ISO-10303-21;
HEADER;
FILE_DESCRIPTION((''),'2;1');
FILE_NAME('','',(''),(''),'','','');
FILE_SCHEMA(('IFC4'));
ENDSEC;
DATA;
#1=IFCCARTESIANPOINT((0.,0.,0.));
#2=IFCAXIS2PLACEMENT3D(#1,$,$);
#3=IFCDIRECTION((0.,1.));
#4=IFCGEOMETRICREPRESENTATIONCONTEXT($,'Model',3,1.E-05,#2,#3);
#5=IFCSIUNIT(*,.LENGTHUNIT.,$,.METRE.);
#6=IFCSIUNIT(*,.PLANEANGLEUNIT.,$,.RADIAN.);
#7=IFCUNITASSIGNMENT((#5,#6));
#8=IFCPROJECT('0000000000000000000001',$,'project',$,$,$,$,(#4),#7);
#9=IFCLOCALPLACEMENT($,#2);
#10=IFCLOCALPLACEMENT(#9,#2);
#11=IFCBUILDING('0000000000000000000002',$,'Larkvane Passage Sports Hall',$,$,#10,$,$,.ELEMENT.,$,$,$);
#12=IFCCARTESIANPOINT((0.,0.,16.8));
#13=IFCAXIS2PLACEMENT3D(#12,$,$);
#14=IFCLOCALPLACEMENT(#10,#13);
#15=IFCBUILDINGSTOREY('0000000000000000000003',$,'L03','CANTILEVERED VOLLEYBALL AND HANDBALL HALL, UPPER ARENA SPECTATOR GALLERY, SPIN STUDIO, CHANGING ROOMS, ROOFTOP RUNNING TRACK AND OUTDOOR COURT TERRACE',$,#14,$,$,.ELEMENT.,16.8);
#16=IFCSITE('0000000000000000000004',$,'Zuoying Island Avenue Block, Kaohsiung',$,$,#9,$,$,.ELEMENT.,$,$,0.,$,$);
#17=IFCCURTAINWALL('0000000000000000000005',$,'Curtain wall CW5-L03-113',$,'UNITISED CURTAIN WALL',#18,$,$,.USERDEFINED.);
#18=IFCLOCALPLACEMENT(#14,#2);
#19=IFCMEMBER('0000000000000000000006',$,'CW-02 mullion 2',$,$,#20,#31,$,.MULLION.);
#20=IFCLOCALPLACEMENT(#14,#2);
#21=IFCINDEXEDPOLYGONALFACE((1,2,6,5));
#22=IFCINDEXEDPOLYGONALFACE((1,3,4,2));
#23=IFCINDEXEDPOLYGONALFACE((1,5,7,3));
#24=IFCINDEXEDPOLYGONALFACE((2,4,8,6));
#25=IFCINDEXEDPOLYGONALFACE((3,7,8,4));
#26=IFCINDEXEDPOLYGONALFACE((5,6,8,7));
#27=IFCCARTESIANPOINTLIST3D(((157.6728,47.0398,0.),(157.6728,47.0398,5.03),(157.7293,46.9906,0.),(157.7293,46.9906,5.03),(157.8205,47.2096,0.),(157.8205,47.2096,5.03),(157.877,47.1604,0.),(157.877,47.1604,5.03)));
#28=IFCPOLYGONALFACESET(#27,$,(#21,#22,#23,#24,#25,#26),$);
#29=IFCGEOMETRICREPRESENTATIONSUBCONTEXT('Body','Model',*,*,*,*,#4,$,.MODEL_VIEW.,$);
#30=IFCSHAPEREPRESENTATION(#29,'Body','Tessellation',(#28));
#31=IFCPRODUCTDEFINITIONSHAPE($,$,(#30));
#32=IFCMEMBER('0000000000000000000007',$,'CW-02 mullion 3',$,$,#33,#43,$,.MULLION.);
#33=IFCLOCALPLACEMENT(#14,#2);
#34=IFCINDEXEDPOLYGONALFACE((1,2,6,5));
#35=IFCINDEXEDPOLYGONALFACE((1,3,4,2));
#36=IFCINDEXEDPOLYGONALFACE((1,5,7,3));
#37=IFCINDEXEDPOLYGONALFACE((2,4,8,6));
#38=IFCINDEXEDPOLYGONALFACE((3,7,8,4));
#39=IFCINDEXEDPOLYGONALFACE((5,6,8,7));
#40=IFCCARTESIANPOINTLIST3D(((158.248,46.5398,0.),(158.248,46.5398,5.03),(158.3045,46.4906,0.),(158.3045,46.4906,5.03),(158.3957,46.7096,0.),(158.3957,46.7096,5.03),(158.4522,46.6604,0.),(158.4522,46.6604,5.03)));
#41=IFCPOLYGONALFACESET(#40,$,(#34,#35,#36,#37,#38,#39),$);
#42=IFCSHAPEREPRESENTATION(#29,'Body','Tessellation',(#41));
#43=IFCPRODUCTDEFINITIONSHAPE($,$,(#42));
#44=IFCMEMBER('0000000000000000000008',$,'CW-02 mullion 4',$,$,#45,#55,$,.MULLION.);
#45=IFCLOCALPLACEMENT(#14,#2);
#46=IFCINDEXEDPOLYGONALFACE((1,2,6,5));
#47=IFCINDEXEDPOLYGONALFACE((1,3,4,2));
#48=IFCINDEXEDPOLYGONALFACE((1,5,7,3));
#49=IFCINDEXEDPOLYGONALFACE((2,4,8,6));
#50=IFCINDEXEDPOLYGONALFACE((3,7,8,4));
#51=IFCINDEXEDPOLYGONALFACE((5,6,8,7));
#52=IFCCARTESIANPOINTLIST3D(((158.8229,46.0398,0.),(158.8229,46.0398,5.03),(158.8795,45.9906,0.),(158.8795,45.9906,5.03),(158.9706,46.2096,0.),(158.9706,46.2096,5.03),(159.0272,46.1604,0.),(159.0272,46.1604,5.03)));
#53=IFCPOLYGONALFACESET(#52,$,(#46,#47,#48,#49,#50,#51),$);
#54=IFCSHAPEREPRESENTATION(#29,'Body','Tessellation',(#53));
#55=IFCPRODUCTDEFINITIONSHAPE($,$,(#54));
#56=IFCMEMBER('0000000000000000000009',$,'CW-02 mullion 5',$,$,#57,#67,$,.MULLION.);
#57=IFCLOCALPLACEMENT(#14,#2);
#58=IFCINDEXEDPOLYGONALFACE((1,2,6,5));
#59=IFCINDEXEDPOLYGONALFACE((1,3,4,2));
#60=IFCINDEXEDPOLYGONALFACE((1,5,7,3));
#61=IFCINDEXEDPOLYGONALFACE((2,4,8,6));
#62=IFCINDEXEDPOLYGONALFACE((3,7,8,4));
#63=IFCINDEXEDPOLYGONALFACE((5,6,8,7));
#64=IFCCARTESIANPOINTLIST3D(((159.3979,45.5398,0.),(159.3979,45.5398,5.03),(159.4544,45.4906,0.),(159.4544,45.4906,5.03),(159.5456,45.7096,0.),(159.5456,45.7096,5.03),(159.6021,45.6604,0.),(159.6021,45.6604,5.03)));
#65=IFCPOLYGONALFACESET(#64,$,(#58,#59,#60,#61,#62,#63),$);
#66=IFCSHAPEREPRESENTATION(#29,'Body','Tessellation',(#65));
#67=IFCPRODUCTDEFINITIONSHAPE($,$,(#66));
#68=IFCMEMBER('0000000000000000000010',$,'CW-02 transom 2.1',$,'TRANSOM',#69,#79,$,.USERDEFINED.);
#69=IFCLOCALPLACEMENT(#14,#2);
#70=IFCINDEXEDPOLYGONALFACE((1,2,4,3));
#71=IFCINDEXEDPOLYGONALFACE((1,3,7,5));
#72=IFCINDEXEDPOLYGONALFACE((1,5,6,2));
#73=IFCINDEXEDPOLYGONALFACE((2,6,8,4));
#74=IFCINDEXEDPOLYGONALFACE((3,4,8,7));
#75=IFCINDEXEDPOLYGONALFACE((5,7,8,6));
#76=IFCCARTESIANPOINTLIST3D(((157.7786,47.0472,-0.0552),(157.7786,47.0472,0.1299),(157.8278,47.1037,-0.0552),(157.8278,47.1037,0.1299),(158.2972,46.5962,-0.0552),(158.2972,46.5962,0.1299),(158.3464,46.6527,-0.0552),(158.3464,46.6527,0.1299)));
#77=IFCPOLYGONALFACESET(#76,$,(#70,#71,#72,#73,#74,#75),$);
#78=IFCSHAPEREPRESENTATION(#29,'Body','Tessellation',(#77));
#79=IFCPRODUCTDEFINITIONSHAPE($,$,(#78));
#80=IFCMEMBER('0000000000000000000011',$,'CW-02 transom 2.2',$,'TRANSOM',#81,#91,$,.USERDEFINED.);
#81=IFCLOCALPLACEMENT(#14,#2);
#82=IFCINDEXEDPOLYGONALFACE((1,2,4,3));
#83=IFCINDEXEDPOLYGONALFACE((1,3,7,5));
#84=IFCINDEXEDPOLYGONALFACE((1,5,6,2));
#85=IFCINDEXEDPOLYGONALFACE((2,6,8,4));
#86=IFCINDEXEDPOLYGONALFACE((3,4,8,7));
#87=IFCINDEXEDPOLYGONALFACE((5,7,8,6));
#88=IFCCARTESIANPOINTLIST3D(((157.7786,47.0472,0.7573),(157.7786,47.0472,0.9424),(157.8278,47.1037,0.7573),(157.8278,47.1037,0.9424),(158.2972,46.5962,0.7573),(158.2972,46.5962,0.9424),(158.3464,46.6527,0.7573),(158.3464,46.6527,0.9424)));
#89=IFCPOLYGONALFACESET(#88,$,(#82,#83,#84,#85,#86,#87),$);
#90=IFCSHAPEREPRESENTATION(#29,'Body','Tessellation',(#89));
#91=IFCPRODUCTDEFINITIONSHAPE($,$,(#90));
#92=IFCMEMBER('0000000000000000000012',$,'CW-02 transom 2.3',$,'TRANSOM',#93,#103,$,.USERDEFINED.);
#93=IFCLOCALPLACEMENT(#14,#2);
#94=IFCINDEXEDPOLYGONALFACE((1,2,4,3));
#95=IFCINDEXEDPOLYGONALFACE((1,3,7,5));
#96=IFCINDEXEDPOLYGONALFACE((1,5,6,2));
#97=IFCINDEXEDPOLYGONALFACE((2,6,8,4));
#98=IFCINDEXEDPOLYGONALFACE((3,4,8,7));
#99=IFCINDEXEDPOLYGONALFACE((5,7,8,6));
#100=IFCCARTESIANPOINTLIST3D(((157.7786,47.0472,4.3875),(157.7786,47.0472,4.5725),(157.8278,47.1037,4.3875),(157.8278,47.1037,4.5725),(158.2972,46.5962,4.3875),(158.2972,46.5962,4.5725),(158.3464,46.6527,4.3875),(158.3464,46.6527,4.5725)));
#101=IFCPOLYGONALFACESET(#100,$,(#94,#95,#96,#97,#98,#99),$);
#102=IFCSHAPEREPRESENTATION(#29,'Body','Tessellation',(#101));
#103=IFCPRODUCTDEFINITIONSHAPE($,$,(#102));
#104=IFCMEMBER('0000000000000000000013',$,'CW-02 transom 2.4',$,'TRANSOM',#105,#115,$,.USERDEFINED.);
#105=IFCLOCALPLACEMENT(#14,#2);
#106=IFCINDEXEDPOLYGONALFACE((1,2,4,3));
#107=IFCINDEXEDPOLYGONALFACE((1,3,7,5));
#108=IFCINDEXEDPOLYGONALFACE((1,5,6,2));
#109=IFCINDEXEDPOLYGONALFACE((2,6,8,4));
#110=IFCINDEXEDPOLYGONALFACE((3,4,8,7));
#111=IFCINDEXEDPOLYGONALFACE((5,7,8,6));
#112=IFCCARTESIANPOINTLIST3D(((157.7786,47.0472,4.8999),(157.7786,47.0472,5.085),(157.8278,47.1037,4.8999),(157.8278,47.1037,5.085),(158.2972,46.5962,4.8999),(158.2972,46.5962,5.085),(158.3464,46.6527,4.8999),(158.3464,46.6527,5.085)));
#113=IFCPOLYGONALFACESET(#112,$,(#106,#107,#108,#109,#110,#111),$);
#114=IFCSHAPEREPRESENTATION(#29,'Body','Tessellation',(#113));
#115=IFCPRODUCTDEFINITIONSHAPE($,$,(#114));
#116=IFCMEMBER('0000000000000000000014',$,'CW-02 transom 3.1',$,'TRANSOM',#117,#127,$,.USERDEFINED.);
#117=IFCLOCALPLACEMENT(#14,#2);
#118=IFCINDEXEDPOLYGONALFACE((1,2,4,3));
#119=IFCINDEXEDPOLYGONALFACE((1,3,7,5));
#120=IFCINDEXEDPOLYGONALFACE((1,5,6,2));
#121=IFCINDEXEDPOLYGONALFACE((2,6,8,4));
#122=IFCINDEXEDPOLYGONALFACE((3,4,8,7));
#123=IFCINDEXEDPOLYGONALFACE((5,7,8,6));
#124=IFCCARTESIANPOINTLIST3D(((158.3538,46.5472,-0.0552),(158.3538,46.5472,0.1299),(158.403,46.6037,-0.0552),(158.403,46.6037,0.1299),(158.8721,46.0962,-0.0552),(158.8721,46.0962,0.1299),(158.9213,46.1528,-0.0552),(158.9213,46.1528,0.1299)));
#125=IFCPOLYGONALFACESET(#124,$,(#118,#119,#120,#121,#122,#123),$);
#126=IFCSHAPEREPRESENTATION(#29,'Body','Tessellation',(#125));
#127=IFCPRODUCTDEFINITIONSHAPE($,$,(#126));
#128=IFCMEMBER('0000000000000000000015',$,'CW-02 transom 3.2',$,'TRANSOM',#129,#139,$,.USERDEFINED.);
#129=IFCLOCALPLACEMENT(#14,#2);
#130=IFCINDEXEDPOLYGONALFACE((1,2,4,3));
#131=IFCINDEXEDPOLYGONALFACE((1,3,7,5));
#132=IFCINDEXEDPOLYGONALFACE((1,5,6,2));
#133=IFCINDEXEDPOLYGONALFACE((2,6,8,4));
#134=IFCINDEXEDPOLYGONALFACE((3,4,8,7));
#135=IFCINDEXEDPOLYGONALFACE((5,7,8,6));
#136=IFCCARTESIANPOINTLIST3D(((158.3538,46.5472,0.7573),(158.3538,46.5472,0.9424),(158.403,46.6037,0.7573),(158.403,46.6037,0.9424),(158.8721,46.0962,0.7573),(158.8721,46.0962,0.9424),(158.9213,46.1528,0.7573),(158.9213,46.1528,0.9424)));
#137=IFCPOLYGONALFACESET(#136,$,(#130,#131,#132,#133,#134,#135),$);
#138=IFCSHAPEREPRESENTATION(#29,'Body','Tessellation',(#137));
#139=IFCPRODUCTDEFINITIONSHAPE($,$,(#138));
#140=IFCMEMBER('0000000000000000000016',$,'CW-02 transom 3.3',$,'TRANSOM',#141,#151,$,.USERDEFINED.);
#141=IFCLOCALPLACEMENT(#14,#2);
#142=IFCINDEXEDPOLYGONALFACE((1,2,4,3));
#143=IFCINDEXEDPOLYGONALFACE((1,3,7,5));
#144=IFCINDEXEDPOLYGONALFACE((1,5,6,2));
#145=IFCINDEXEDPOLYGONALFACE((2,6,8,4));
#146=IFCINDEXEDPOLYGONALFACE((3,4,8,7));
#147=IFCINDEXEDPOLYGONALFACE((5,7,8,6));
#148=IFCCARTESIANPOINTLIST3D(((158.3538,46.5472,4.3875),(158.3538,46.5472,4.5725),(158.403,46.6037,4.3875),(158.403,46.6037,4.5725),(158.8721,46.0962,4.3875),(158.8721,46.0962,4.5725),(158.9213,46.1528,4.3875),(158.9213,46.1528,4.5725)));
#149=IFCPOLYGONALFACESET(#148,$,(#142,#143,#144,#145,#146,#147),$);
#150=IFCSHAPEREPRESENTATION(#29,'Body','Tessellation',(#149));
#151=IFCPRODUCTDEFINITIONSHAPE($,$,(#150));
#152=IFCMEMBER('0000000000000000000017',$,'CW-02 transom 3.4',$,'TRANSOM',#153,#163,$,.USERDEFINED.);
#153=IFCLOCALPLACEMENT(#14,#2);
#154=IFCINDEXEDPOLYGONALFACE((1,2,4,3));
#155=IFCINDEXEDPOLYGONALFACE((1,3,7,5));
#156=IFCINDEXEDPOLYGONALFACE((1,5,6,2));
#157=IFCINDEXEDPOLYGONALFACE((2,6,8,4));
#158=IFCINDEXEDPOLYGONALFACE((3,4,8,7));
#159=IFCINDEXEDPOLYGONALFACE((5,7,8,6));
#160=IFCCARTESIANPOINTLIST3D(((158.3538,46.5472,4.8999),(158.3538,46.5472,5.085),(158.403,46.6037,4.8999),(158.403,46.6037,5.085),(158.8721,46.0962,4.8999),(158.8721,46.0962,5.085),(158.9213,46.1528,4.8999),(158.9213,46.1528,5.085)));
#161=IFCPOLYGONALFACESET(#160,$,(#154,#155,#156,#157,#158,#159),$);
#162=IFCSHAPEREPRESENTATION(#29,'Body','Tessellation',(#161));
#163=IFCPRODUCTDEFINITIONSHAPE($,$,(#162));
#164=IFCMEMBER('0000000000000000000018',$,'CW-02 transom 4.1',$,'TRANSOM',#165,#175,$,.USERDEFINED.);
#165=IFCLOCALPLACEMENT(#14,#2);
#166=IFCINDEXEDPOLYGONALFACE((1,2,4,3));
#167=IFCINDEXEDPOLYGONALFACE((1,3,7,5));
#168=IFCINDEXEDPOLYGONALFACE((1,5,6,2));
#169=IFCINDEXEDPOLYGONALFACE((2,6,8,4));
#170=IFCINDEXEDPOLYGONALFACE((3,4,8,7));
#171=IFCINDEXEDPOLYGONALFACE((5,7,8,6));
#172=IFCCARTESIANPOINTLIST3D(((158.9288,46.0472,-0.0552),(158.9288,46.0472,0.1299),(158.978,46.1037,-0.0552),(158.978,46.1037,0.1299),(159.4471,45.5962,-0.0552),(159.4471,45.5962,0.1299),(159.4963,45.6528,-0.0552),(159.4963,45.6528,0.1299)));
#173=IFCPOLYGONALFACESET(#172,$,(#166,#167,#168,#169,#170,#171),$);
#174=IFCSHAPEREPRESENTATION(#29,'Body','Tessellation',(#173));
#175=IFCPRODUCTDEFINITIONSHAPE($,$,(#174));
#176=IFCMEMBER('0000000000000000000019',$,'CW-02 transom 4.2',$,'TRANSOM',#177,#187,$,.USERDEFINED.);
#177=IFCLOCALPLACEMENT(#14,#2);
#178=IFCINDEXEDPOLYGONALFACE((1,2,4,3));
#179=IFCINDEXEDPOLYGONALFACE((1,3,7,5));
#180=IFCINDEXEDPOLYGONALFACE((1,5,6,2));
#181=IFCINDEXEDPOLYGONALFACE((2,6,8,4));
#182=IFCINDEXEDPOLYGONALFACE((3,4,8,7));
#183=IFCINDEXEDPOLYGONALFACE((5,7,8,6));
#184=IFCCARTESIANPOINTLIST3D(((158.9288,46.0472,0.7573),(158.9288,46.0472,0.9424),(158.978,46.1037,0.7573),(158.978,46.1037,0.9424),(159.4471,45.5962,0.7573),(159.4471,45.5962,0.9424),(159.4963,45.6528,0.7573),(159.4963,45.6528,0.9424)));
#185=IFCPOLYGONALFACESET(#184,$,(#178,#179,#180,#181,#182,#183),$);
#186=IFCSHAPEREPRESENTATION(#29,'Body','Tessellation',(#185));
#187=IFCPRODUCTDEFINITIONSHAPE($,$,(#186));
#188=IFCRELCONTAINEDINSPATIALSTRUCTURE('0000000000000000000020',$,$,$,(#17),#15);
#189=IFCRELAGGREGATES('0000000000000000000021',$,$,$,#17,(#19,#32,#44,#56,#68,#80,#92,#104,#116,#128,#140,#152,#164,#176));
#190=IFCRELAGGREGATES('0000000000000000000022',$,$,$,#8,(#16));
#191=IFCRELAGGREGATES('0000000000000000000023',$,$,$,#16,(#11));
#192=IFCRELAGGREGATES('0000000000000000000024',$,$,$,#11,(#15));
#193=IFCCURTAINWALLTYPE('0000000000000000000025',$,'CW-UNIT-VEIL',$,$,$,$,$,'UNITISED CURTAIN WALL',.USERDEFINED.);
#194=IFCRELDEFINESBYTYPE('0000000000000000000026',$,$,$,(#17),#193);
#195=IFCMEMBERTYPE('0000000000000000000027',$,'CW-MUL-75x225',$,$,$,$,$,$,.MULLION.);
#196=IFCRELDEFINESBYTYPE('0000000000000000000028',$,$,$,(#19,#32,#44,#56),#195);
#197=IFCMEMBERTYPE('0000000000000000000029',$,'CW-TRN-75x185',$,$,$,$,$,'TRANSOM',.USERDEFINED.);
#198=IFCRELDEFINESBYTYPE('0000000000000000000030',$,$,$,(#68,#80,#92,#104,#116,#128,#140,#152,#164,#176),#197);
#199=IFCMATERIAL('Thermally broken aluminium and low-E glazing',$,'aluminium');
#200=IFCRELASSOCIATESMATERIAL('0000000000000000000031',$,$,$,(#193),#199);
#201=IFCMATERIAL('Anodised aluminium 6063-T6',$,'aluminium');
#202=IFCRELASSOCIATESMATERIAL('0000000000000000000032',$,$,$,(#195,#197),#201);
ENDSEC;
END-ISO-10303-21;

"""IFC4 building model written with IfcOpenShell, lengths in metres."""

from ifc_helpers import new_model, si_unit, direction, frame, origin, origin_2d, place, context, subcontext, project, spatial, rectangle, extrude, material, material_profile, profile_set, type_object, element, aggregate, save


model = new_model("IFC4")

# Units and contexts
model_context = context("Model", 3, precision=1e-05, world=origin(), true_north=direction((0.0, 1.0)))
body_context = subcontext(model_context, "Body", "Model", "MODEL_VIEW")
ifc_project = project(units=[si_unit("LENGTHUNIT", "METRE"), si_unit("PLANEANGLEUNIT", "RADIAN")], contexts=[model_context])

# Site, building, storey
site_placement = place(None, origin())
site = spatial("IfcSite", under=ifc_project, at=site_placement, Name="Zuoying Island Avenue Block, Kaohsiung", CompositionType="ELEMENT", RefElevation=0.0)
building_placement = place(site_placement, origin())
building = spatial("IfcBuilding", under=site, at=building_placement, Name="Larkvane Passage Sports Hall", CompositionType="ELEMENT")
storey_placement = place(building_placement, frame((0.0, 0.0, 16.8)))
storey = spatial("IfcBuildingStorey", under=building, at=storey_placement, Name="L03", Description="CANTILEVERED VOLLEYBALL AND HANDBALL HALL, UPPER ARENA SPECTATOR GALLERY, SPIN STUDIO, CHANGING ROOMS, ROOFTOP RUNNING TRACK AND OUTDOOR COURT TERRACE", CompositionType="ELEMENT", Elevation=16.8)

# Curtain wall, members
ifc_material_1 = material(Name="Thermally broken aluminium and low-E glazing", Category="aluminium")
curtain_wall_type = type_object("IfcCurtainWallType", Name="CW-UNIT-VEIL", ElementType="UNITISED CURTAIN WALL", PredefinedType="USERDEFINED", material=ifc_material_1)
curtain_wall_placement = place(storey_placement, origin())
curtain_wall = element("IfcCurtainWall", 1, at=curtain_wall_placement, inside=storey, type_object=curtain_wall_type, Name="Curtain wall CW5-L03-113", ObjectType="UNITISED CURTAIN WALL", PredefinedType="USERDEFINED")
ifc_material_2 = material(Name="Anodised aluminium 6063-T6", Category="aluminium")
ifc_material_profile_1 = material_profile(ifc_material_2, rectangle(XDim=0.075, YDim=0.2251, at=origin_2d()), Name="ALU-MUL-75x225")
ifc_profile_set_1 = profile_set([ifc_material_profile_1], Name="Anodised aluminium 6063-T6")
member_type_1 = type_object("IfcMemberType", Name="CW-MUL-75x225", PredefinedType="MULLION", material=ifc_profile_set_1)
member_1_placement = place(storey_placement, frame((157.7749, 47.1001, 0.0), z_axis=(0.0, 0.0, 1.0), x_axis=(0.754606, -0.656179, 0.0)))
member_1 = element("IfcMember", 2, at=member_1_placement, type_object=member_type_1, Name="CW-02 mullion 2", PredefinedType="MULLION", context=body_context, shape_type="SweptSolid", body=[
    extrude(rectangle(XDim=0.075, YDim=0.2251, at=origin_2d()), origin(), (0.0, 0.0, 1.0), 5.03),
])
member_2_placement = place(storey_placement, frame((158.3501, 46.6001, 0.0), z_axis=(0.0, 0.0, 1.0), x_axis=(0.754606, -0.656179, 0.0)))
member_2 = element("IfcMember", 3, at=member_2_placement, type_object=member_type_1, Name="CW-02 mullion 3", PredefinedType="MULLION", context=body_context, shape_type="SweptSolid", body=[
    extrude(rectangle(XDim=0.075, YDim=0.2251, at=origin_2d()), origin(), (0.0, 0.0, 1.0), 5.03),
])
member_3_placement = place(storey_placement, frame((158.925, 46.1001, 0.0), z_axis=(0.0, 0.0, 1.0), x_axis=(0.754606, -0.656179, 0.0)))
member_3 = element("IfcMember", 4, at=member_3_placement, type_object=member_type_1, Name="CW-02 mullion 4", PredefinedType="MULLION", context=body_context, shape_type="SweptSolid", body=[
    extrude(rectangle(XDim=0.075, YDim=0.2251, at=origin_2d()), origin(), (0.0, 0.0, 1.0), 5.03),
])
member_4_placement = place(storey_placement, frame((159.5, 45.6001, 0.0), z_axis=(0.0, 0.0, 1.0), x_axis=(0.754606, -0.656179, 0.0)))
member_4 = element("IfcMember", 5, at=member_4_placement, type_object=member_type_1, Name="CW-02 mullion 5", PredefinedType="MULLION", context=body_context, shape_type="SweptSolid", body=[
    extrude(rectangle(XDim=0.075, YDim=0.2251, at=origin_2d()), origin(), (0.0, 0.0, 1.0), 5.03),
])
ifc_material_profile_2 = material_profile(ifc_material_2, rectangle(XDim=0.075, YDim=0.1851, at=origin_2d()), Name="ALU-TRN-75x185")
ifc_profile_set_2 = profile_set([ifc_material_profile_2], Name="Anodised aluminium 6063-T6")
member_type_2 = type_object("IfcMemberType", Name="CW-TRN-75x185", ElementType="TRANSOM", PredefinedType="USERDEFINED", material=ifc_profile_set_2)
member_5_placement = place(storey_placement, frame((157.8032, 47.0754, 0.0374), z_axis=(0.754598, -0.656188, 0.0), x_axis=(0.656188, 0.754598, 0.0)))
member_5 = element("IfcMember", 6, at=member_5_placement, type_object=member_type_2, Name="CW-02 transom 2.1", ObjectType="TRANSOM", PredefinedType="USERDEFINED", context=body_context, shape_type="SweptSolid", body=[
    extrude(rectangle(XDim=0.075, YDim=0.1851, at=origin_2d()), origin(), (0.0, 0.0, 1.0), 0.6873),
])
member_6_placement = place(storey_placement, frame((157.8032, 47.0754, 0.8499), z_axis=(0.754598, -0.656188, 0.0), x_axis=(0.656188, 0.754598, 0.0)))
member_6 = element("IfcMember", 7, at=member_6_placement, type_object=member_type_2, Name="CW-02 transom 2.2", ObjectType="TRANSOM", PredefinedType="USERDEFINED", context=body_context, shape_type="SweptSolid", body=[
    extrude(rectangle(XDim=0.075, YDim=0.1851, at=origin_2d()), origin(), (0.0, 0.0, 1.0), 0.6873),
])
member_7_placement = place(storey_placement, frame((157.8032, 47.0754, 4.48), z_axis=(0.754598, -0.656188, 0.0), x_axis=(0.656188, 0.754598, 0.0)))
member_7 = element("IfcMember", 8, at=member_7_placement, type_object=member_type_2, Name="CW-02 transom 2.3", ObjectType="TRANSOM", PredefinedType="USERDEFINED", context=body_context, shape_type="SweptSolid", body=[
    extrude(rectangle(XDim=0.075, YDim=0.1851, at=origin_2d()), origin(), (0.0, 0.0, 1.0), 0.6873),
])
member_8_placement = place(storey_placement, frame((157.8032, 47.0754, 4.9924), z_axis=(0.754598, -0.656188, 0.0), x_axis=(0.656188, 0.754598, 0.0)))
member_8 = element("IfcMember", 9, at=member_8_placement, type_object=member_type_2, Name="CW-02 transom 2.4", ObjectType="TRANSOM", PredefinedType="USERDEFINED", context=body_context, shape_type="SweptSolid", body=[
    extrude(rectangle(XDim=0.075, YDim=0.1851, at=origin_2d()), origin(), (0.0, 0.0, 1.0), 0.6873),
])
member_9_placement = place(storey_placement, frame((158.3784, 46.5754, 0.0374), z_axis=(0.754445, -0.656363, 0.0), x_axis=(0.656363, 0.754445, 0.0)))
member_9 = element("IfcMember", 10, at=member_9_placement, type_object=member_type_2, Name="CW-02 transom 3.1", ObjectType="TRANSOM", PredefinedType="USERDEFINED", context=body_context, shape_type="SweptSolid", body=[
    extrude(rectangle(XDim=0.075, YDim=0.1851, at=origin_2d()), origin(), (0.0, 0.0, 1.0), 0.687),
])
member_10_placement = place(storey_placement, frame((158.3784, 46.5754, 0.8499), z_axis=(0.754445, -0.656363, 0.0), x_axis=(0.656363, 0.754445, 0.0)))
member_10 = element("IfcMember", 11, at=member_10_placement, type_object=member_type_2, Name="CW-02 transom 3.2", ObjectType="TRANSOM", PredefinedType="USERDEFINED", context=body_context, shape_type="SweptSolid", body=[
    extrude(rectangle(XDim=0.075, YDim=0.1851, at=origin_2d()), origin(), (0.0, 0.0, 1.0), 0.687),
])
member_11_placement = place(storey_placement, frame((158.3784, 46.5754, 4.48), z_axis=(0.754445, -0.656363, 0.0), x_axis=(0.656363, 0.754445, 0.0)))
member_11 = element("IfcMember", 12, at=member_11_placement, type_object=member_type_2, Name="CW-02 transom 3.3", ObjectType="TRANSOM", PredefinedType="USERDEFINED", context=body_context, shape_type="SweptSolid", body=[
    extrude(rectangle(XDim=0.075, YDim=0.1851, at=origin_2d()), origin(), (0.0, 0.0, 1.0), 0.687),
])
member_12_placement = place(storey_placement, frame((158.3784, 46.5754, 4.9924), z_axis=(0.754445, -0.656363, 0.0), x_axis=(0.656363, 0.754445, 0.0)))
member_12 = element("IfcMember", 13, at=member_12_placement, type_object=member_type_2, Name="CW-02 transom 3.4", ObjectType="TRANSOM", PredefinedType="USERDEFINED", context=body_context, shape_type="SweptSolid", body=[
    extrude(rectangle(XDim=0.075, YDim=0.1851, at=origin_2d()), origin(), (0.0, 0.0, 1.0), 0.687),
])
member_13_placement = place(storey_placement, frame((158.9534, 46.0754, 0.0374), z_axis=(0.754445, -0.656363, 0.0), x_axis=(0.656363, 0.754445, 0.0)))
member_13 = element("IfcMember", 14, at=member_13_placement, type_object=member_type_2, Name="CW-02 transom 4.1", ObjectType="TRANSOM", PredefinedType="USERDEFINED", context=body_context, shape_type="SweptSolid", body=[
    extrude(rectangle(XDim=0.075, YDim=0.1851, at=origin_2d()), origin(), (0.0, 0.0, 1.0), 0.687),
])
member_14_placement = place(storey_placement, frame((158.9534, 46.0754, 0.8499), z_axis=(0.754445, -0.656363, 0.0), x_axis=(0.656363, 0.754445, 0.0)))
member_14 = element("IfcMember", 15, at=member_14_placement, type_object=member_type_2, Name="CW-02 transom 4.2", ObjectType="TRANSOM", PredefinedType="USERDEFINED", context=body_context, shape_type="SweptSolid", body=[
    extrude(rectangle(XDim=0.075, YDim=0.1851, at=origin_2d()), origin(), (0.0, 0.0, 1.0), 0.687),
])
aggregate(curtain_wall, [member_1, member_2, member_3, member_4, member_5, member_6, member_7, member_8, member_9, member_10, member_11, member_12, member_13, member_14])

save(model, "model.ifc")
